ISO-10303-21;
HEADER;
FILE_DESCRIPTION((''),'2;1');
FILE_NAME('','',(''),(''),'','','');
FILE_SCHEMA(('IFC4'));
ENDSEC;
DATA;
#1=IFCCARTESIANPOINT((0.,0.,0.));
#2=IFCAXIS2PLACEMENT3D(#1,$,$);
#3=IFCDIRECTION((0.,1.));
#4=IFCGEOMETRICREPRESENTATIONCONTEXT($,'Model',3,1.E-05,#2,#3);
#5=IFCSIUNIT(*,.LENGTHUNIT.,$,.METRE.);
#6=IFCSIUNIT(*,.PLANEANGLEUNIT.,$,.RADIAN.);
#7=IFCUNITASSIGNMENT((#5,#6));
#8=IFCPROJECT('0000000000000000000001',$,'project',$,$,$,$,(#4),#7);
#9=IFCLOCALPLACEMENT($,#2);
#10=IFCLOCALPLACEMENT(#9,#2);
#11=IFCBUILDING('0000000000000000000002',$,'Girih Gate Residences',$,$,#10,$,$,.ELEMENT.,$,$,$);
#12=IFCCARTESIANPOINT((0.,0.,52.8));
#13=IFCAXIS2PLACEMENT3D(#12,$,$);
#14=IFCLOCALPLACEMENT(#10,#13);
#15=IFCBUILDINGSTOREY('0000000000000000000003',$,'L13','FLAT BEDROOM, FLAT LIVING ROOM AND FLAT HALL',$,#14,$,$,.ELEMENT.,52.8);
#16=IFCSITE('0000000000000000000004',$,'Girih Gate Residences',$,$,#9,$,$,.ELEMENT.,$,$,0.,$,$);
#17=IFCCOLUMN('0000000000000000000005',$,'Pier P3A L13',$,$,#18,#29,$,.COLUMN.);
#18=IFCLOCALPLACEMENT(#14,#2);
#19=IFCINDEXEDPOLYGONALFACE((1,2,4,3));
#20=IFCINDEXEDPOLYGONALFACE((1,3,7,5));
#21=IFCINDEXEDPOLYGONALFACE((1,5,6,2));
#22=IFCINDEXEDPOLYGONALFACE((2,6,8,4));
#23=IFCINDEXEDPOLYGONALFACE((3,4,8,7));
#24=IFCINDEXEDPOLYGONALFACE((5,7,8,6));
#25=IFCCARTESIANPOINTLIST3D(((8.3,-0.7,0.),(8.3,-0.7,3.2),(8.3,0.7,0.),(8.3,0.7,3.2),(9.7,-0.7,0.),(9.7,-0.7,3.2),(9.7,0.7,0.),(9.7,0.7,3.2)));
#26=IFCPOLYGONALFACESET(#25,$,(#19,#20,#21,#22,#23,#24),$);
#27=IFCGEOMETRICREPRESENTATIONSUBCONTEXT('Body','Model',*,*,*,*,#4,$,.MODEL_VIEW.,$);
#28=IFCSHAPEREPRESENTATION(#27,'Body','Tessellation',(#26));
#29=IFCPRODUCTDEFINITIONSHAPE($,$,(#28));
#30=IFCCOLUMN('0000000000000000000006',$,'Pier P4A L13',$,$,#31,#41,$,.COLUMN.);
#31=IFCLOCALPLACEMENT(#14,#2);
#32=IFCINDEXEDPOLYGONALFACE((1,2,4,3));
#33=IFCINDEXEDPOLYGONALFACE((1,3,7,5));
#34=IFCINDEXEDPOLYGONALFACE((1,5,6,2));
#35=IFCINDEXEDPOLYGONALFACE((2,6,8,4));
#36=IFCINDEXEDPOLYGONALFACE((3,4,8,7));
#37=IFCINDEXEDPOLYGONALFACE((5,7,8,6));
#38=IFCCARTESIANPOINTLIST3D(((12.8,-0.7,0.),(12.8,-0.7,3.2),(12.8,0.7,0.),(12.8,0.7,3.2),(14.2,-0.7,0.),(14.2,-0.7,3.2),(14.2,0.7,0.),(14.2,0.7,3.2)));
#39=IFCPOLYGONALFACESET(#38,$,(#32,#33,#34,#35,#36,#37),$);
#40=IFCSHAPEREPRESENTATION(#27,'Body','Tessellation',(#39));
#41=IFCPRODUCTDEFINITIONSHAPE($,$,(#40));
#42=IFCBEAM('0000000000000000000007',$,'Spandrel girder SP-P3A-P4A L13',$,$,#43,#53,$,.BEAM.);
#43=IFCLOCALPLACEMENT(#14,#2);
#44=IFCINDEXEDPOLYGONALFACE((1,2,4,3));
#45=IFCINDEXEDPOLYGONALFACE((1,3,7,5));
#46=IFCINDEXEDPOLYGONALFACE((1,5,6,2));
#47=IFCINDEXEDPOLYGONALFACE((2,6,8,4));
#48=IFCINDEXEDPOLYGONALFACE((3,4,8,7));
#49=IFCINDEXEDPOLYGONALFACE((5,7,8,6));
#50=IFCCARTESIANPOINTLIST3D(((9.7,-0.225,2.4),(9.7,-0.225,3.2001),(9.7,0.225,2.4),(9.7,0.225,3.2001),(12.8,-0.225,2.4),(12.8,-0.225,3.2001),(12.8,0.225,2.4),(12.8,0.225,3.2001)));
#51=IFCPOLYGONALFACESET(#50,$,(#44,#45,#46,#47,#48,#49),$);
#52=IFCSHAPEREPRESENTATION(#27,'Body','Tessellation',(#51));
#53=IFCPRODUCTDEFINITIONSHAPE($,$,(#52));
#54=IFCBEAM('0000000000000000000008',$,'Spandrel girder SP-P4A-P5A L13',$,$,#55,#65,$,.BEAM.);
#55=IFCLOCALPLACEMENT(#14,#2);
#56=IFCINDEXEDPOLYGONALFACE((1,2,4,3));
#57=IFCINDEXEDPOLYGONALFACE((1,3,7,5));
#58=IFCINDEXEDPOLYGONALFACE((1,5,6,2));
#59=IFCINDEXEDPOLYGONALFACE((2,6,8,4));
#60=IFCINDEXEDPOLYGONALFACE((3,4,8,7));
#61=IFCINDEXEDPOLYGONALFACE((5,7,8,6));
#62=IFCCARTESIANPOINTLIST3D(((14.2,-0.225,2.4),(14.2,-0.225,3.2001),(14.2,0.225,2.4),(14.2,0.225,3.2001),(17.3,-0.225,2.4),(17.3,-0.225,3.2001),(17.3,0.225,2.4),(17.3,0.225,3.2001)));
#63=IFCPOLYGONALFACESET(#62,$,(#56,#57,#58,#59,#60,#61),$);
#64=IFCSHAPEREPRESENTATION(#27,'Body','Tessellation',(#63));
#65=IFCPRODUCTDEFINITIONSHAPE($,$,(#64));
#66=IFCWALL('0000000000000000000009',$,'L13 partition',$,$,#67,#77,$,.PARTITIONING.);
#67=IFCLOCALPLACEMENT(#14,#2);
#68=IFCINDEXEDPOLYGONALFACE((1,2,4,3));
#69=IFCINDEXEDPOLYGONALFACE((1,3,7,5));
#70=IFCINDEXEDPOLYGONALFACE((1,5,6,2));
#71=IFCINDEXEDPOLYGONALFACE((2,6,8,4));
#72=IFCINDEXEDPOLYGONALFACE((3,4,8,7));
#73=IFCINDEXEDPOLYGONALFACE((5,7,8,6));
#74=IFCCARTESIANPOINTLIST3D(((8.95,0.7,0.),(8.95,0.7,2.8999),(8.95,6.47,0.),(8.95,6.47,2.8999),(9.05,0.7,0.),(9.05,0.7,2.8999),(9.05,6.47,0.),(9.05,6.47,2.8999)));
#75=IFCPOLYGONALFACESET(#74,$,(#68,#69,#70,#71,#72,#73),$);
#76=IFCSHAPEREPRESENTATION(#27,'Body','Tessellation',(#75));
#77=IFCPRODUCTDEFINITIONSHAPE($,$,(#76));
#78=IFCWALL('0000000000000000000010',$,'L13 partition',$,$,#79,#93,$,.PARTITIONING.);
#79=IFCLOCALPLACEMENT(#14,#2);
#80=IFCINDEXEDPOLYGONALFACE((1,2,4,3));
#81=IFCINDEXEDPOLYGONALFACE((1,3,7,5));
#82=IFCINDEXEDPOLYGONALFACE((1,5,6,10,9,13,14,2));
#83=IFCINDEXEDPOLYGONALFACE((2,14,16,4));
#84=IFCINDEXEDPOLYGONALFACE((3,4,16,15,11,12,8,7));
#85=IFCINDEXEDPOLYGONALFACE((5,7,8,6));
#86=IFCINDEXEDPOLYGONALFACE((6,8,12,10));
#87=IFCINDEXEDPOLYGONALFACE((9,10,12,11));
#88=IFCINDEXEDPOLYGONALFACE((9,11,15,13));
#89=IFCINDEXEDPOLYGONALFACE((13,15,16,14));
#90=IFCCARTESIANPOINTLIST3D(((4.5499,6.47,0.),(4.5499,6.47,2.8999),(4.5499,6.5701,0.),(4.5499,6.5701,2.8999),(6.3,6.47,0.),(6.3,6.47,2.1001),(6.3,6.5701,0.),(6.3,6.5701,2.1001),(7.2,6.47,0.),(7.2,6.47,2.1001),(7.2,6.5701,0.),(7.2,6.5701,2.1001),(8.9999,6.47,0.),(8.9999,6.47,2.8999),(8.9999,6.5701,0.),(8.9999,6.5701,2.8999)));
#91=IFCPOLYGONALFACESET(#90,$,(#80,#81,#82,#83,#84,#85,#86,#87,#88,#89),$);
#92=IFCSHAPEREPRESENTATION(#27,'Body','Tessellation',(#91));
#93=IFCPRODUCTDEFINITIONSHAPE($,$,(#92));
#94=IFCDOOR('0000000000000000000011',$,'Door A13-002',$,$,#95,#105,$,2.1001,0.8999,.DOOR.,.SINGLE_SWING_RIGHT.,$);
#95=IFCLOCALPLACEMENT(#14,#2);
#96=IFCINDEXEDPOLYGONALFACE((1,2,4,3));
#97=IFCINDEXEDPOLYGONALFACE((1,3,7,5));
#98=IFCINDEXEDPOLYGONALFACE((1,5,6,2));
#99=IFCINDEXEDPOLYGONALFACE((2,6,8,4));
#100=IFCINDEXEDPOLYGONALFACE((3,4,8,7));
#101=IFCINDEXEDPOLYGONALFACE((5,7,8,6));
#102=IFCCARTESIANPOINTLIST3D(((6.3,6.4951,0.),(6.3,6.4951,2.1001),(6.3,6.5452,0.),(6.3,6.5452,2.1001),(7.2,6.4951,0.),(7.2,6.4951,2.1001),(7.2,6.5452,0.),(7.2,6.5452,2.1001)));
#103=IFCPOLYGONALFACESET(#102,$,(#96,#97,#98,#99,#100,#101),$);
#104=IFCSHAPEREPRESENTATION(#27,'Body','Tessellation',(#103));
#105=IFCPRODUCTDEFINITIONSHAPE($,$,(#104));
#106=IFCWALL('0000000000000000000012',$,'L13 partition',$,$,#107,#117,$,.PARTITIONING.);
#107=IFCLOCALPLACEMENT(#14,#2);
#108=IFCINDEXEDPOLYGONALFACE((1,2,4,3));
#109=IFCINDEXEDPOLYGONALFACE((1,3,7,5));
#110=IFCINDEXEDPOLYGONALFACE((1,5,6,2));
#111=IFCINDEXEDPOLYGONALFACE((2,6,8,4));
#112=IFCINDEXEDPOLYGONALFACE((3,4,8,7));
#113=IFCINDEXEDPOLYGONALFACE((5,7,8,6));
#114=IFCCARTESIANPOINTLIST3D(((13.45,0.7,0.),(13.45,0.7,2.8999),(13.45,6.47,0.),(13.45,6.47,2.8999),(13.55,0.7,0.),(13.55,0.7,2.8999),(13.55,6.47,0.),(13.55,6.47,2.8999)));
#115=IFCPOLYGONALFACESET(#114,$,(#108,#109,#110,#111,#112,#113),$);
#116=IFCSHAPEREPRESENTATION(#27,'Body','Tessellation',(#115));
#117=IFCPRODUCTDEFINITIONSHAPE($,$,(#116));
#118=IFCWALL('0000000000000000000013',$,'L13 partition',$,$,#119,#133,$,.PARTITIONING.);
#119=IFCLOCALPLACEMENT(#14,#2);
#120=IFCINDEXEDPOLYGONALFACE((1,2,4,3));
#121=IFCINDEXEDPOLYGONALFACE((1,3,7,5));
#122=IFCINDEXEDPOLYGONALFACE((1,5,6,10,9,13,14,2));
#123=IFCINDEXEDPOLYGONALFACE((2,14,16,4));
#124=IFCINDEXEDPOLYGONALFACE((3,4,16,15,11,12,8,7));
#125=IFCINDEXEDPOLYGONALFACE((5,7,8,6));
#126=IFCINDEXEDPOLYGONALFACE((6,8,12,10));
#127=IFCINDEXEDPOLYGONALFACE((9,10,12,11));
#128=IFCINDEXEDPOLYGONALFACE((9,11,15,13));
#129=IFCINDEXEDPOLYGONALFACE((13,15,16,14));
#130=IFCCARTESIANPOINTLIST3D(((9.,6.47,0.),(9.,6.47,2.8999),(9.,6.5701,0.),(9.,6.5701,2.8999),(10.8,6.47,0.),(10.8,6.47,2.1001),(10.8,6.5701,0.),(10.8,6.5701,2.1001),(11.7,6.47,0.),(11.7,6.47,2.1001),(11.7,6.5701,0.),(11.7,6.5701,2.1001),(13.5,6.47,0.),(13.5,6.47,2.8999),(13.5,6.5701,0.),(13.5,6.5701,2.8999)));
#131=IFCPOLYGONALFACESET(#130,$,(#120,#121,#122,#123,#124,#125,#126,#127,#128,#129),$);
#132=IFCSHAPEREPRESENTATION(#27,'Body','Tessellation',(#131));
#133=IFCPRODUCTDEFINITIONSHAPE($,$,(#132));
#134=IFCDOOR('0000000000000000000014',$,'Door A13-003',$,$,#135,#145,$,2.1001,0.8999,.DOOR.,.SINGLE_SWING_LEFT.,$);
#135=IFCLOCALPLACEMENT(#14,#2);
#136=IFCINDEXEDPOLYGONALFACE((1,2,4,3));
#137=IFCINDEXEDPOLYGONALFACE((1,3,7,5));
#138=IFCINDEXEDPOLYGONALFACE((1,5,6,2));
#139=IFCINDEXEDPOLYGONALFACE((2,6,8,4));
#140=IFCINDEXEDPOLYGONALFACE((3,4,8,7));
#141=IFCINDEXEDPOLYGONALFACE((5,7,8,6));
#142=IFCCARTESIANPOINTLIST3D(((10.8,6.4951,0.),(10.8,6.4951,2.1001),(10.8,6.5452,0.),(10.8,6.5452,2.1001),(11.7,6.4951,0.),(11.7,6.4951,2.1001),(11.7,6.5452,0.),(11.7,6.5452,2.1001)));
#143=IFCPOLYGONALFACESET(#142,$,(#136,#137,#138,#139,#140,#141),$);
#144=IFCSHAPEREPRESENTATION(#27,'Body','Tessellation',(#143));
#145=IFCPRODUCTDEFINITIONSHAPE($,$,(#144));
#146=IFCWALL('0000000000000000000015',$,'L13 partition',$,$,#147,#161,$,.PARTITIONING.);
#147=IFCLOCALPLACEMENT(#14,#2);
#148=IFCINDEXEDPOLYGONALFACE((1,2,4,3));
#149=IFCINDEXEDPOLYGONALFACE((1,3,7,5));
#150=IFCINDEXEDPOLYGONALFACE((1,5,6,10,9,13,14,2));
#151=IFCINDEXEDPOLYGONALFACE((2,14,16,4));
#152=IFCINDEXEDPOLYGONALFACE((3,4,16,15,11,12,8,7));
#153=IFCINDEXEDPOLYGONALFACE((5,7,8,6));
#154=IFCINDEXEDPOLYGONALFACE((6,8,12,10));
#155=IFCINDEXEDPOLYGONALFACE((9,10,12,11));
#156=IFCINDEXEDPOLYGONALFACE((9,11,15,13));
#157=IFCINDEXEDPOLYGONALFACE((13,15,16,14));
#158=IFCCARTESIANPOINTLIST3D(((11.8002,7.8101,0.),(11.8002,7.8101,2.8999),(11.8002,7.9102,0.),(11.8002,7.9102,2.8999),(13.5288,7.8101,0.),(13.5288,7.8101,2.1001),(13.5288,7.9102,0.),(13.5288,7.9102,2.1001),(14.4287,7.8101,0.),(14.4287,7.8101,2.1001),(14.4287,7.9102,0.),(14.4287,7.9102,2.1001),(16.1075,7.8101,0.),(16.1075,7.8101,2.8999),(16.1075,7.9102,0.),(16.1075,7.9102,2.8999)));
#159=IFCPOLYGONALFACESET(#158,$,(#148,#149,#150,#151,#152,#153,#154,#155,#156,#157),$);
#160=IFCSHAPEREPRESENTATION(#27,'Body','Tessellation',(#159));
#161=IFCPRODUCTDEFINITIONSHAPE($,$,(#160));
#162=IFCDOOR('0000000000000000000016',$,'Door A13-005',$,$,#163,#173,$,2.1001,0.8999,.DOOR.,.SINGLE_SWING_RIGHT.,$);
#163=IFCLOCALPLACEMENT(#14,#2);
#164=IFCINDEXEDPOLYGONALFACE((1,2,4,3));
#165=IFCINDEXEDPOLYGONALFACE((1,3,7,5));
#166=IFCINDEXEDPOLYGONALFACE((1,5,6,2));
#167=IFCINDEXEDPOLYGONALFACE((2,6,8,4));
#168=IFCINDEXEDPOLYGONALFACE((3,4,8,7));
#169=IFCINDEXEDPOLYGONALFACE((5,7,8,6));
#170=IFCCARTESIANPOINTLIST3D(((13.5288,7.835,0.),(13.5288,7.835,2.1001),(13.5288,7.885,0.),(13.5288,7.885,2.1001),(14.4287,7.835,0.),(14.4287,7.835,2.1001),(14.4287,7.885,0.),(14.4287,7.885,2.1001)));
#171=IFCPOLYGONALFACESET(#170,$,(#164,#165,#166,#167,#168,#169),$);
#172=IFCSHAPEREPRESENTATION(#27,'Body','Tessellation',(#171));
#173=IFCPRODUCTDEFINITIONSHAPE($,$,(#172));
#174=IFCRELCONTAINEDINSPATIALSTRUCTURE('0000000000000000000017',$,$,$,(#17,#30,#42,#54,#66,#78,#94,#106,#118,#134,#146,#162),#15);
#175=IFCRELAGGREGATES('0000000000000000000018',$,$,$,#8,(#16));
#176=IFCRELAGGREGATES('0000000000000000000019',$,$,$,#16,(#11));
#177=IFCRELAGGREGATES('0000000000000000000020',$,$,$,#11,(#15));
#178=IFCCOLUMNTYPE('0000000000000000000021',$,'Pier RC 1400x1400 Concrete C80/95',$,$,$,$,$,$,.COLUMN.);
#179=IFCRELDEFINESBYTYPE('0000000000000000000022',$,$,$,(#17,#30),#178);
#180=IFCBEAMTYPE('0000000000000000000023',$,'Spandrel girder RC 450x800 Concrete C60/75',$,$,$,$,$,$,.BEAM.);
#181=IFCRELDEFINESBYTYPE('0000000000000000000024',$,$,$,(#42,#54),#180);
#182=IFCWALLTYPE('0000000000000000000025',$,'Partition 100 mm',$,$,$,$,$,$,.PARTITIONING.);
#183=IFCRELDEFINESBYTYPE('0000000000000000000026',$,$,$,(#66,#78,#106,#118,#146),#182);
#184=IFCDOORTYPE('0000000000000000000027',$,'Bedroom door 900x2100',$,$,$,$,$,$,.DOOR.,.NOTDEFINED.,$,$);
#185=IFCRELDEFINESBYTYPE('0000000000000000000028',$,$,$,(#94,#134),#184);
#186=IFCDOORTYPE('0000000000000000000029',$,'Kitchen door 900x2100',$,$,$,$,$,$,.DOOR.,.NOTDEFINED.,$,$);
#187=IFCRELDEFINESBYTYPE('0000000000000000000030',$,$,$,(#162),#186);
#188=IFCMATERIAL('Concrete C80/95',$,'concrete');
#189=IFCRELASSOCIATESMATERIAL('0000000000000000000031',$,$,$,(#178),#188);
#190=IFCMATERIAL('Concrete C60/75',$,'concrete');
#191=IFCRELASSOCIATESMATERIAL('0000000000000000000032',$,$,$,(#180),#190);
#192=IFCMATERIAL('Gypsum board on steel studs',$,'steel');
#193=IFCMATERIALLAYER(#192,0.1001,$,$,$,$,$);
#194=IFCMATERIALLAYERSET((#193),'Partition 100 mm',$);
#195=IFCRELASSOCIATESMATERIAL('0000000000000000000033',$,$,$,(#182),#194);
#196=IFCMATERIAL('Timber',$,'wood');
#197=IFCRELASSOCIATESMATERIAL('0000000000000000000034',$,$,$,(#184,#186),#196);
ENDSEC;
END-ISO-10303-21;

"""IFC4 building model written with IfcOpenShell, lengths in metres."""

from ifc_helpers import new_model, si_unit, direction, frame, frame_2d, origin, origin_2d, place, context, subcontext, project, spatial, rectangle, extrude, material, layer, layer_set, material_profile, profile_set, type_object, element, fill, save


model = new_model("IFC4")

# Units and contexts
model_context = context("Model", 3, precision=1e-05, world=origin(), true_north=direction((0.0, 1.0)))
body_context = subcontext(model_context, "Body", "Model", "MODEL_VIEW")
ifc_project = project(units=[si_unit("LENGTHUNIT", "METRE"), si_unit("PLANEANGLEUNIT", "RADIAN")], contexts=[model_context])

# Site, building, storey
site_placement = place(None, origin())
site = spatial("IfcSite", under=ifc_project, at=site_placement, Name="Girih Gate Residences", CompositionType="ELEMENT", RefElevation=0.0)
building_placement = place(site_placement, origin())
building = spatial("IfcBuilding", under=site, at=building_placement, Name="Girih Gate Residences", CompositionType="ELEMENT")
storey_placement = place(building_placement, frame((0.0, 0.0, 52.8)))
storey = spatial("IfcBuildingStorey", under=building, at=storey_placement, Name="L13", Description="FLAT BEDROOM, FLAT LIVING ROOM AND FLAT HALL", CompositionType="ELEMENT", Elevation=52.8)

# Columns
ifc_material_1 = material(Name="Concrete C80/95", Category="concrete")
ifc_material_profile_1 = material_profile(ifc_material_1, rectangle(XDim=1.3999, YDim=1.3999, at=origin_2d()))
ifc_profile_set_1 = profile_set([ifc_material_profile_1], Name="Concrete C80/95")
column_type = type_object("IfcColumnType", Name="Pier RC 1400x1400 Concrete C80/95", PredefinedType="COLUMN", material=ifc_profile_set_1)
for number, where, z_axis, x_axis, name in (
    (1, (9.0, 0.0, 0.0), (0.0, 0.0, 1.0), (1.0, 0.0, 0.0), "Pier P3A L13"),
    (2, (13.5, 0.0, 0.0), (0.0, 0.0, 1.0), (1.0, 0.0, 0.0), "Pier P4A L13"),
):
    element("IfcColumn", number, at=place(storey_placement, frame(where, z_axis=z_axis, x_axis=x_axis)), inside=storey, type_object=column_type, Name=name, PredefinedType="COLUMN", context=body_context, shape_type="SweptSolid", body=[
        extrude(rectangle(XDim=1.3999, YDim=1.3999, at=origin_2d()), origin(), (0.0, 0.0, 1.0), 3.2),
    ])

# Beams
ifc_material_2 = material(Name="Concrete C60/75", Category="concrete")
ifc_material_profile_2 = material_profile(ifc_material_2, rectangle(XDim=0.45, YDim=0.8, at=origin_2d()))
ifc_profile_set_2 = profile_set([ifc_material_profile_2], Name="Concrete C60/75")
beam_type = type_object("IfcBeamType", Name="Spandrel girder RC 450x800 Concrete C60/75", PredefinedType="BEAM", material=ifc_profile_set_2)
for number, where, z_axis, x_axis, name in (
    (3, (9.7, 0.0, 2.8), (1.0, 0.0, 0.0), (0.0, 1.0, 0.0), "Spandrel girder SP-P3A-P4A L13"),
    (4, (14.2, 0.0, 2.8), (1.0, 0.0, 0.0), (0.0, 1.0, 0.0), "Spandrel girder SP-P4A-P5A L13"),
):
    element("IfcBeam", number, at=place(storey_placement, frame(where, z_axis=z_axis, x_axis=x_axis)), inside=storey, type_object=beam_type, Name=name, PredefinedType="BEAM", context=body_context, shape_type="SweptSolid", body=[
        extrude(rectangle(XDim=0.45, YDim=0.8, at=origin_2d()), origin(), (0.0, 0.0, 1.0), 3.1001),
    ])

# Wall
ifc_material_3 = material(Name="Gypsum board on steel studs", Category="steel")
ifc_layer_1 = layer(ifc_material_3, 0.1001)
ifc_layer_set_1 = layer_set([ifc_layer_1], Name="Partition 100 mm")
wall_type_1 = type_object("IfcWallType", Name="Partition 100 mm", PredefinedType="PARTITIONING", material=ifc_layer_set_1)
wall_1_placement = place(storey_placement, frame((9.0, 0.7, 0.0), z_axis=(0.0, 0.0, 1.0), x_axis=(0.0, 1.0, 0.0)))
element("IfcWall", 5, at=wall_1_placement, inside=storey, type_object=wall_type_1, Name="L13 partition", PredefinedType="PARTITIONING", context=body_context, shape_type="SweptSolid", body=[
    extrude(rectangle(XDim=5.77, YDim=0.1001, at=frame_2d((2.885, 0.0))), origin(), (0.0, 0.0, 1.0), 2.8999),
])

# Wall, opening, door
wall_2_placement = place(storey_placement, frame((9.0, 6.52, 0.0), z_axis=(0.0, 0.0, 1.0), x_axis=(-1.0, 0.0, 0.0)))
wall_2 = element("IfcWall", 6, at=wall_2_placement, inside=storey, type_object=wall_type_1, Name="L13 partition", PredefinedType="PARTITIONING", context=body_context, shape_type="SweptSolid", body=[
    extrude(rectangle(XDim=4.45, YDim=0.1001, at=frame_2d((2.2251, 0.0))), origin(), (0.0, 0.0, 1.0), 2.8999),
])
opening_1_placement = place(wall_2_placement, frame((1.8, 0.0, 0.0)))
opening_1 = element("IfcOpeningElement", 7, at=opening_1_placement, cuts=wall_2, PredefinedType="OPENING", context=body_context, shape_type="SweptSolid", body=[
    extrude(rectangle(XDim=0.8999, YDim=2.1001, at=frame_2d((0.45, 1.05))), frame((0.0, 0.0601, 0.0), z_axis=(0.0, -1.0, 0.0), x_axis=(1.0, 0.0, 0.0)), (0.0, 0.0, 1.0), 0.1201),
])
ifc_material_4 = material(Name="Timber", Category="wood")
door_type_1 = type_object("IfcDoorType", Name="Bedroom door 900x2100", OperationType="NOTDEFINED", PredefinedType="DOOR", material=ifc_material_4)
door_1_placement = place(opening_1_placement, origin())
door_1 = element("IfcDoor", 8, at=door_1_placement, inside=storey, type_object=door_type_1, Name="Door A13-002", OperationType="SINGLE_SWING_RIGHT", OverallHeight=2.1001, OverallWidth=0.8999, PredefinedType="DOOR", context=body_context, shape_type="SweptSolid", body=[
    extrude(rectangle(XDim=0.8999, YDim=2.1001, at=frame_2d((0.45, 1.05))), frame((0.0, 0.0249, 0.0), z_axis=(0.0, -1.0, 0.0), x_axis=(1.0, 0.0, 0.0)), (0.0, 0.0, 1.0), 0.05),
])
fill(opening_1, door_1)

# Wall
wall_3_placement = place(storey_placement, frame((13.5, 0.7, 0.0), z_axis=(0.0, 0.0, 1.0), x_axis=(0.0, 1.0, 0.0)))
element("IfcWall", 9, at=wall_3_placement, inside=storey, type_object=wall_type_1, Name="L13 partition", PredefinedType="PARTITIONING", context=body_context, shape_type="SweptSolid", body=[
    extrude(rectangle(XDim=5.77, YDim=0.1001, at=frame_2d((2.885, 0.0))), origin(), (0.0, 0.0, 1.0), 2.8999),
])

# Walls, openings, doors
wall_4_placement = place(storey_placement, frame((13.5, 6.52, 0.0), z_axis=(0.0, 0.0, 1.0), x_axis=(-1.0, 0.0, 0.0)))
wall_4 = element("IfcWall", 10, at=wall_4_placement, inside=storey, type_object=wall_type_1, Name="L13 partition", PredefinedType="PARTITIONING", context=body_context, shape_type="SweptSolid", body=[
    extrude(rectangle(XDim=4.5, YDim=0.1001, at=frame_2d((2.25, 0.0))), origin(), (0.0, 0.0, 1.0), 2.8999),
])
opening_2_placement = place(wall_4_placement, frame((1.8, 0.0, 0.0)))
opening_2 = element("IfcOpeningElement", 11, at=opening_2_placement, cuts=wall_4, PredefinedType="OPENING", context=body_context, shape_type="SweptSolid", body=[
    extrude(rectangle(XDim=0.8999, YDim=2.1001, at=frame_2d((0.45, 1.05))), frame((0.0, 0.0601, 0.0), z_axis=(0.0, -1.0, 0.0), x_axis=(1.0, 0.0, 0.0)), (0.0, 0.0, 1.0), 0.1201),
])
door_2_placement = place(opening_2_placement, origin())
door_2 = element("IfcDoor", 12, at=door_2_placement, inside=storey, type_object=door_type_1, Name="Door A13-003", OperationType="SINGLE_SWING_LEFT", OverallHeight=2.1001, OverallWidth=0.8999, PredefinedType="DOOR", context=body_context, shape_type="SweptSolid", body=[
    extrude(rectangle(XDim=0.8999, YDim=2.1001, at=frame_2d((0.45, 1.05))), frame((0.0, 0.0249, 0.0), z_axis=(0.0, -1.0, 0.0), x_axis=(1.0, 0.0, 0.0)), (0.0, 0.0, 1.0), 0.05),
])
fill(opening_2, door_2)
wall_5_placement = place(storey_placement, frame((11.8, 7.8601, 0.0), z_axis=(0.0, 0.0, 1.0), x_axis=(1.0, 0.0, 0.0)))
wall_5 = element("IfcWall", 13, at=wall_5_placement, inside=storey, type_object=wall_type_1, Name="L13 partition", PredefinedType="PARTITIONING", context=body_context, shape_type="SweptSolid", body=[
    extrude(rectangle(XDim=4.3074, YDim=0.1001, at=frame_2d((2.1538, 0.0))), origin(), (0.0, 0.0, 1.0), 2.8999),
])
opening_3_placement = place(wall_5_placement, frame((1.7288, 0.0, 0.0)))
opening_3 = element("IfcOpeningElement", 14, at=opening_3_placement, cuts=wall_5, PredefinedType="OPENING", context=body_context, shape_type="SweptSolid", body=[
    extrude(rectangle(XDim=0.8999, YDim=2.1001, at=frame_2d((0.45, 1.05))), frame((0.0, 0.0601, 0.0), z_axis=(0.0, -1.0, 0.0), x_axis=(1.0, 0.0, 0.0)), (0.0, 0.0, 1.0), 0.1201),
])
door_type_2 = type_object("IfcDoorType", Name="Kitchen door 900x2100", OperationType="NOTDEFINED", PredefinedType="DOOR", material=ifc_material_4)
door_3_placement = place(opening_3_placement, origin())
door_3 = element("IfcDoor", 15, at=door_3_placement, inside=storey, type_object=door_type_2, Name="Door A13-005", OperationType="SINGLE_SWING_RIGHT", OverallHeight=2.1001, OverallWidth=0.8999, PredefinedType="DOOR", context=body_context, shape_type="SweptSolid", body=[
    extrude(rectangle(XDim=0.8999, YDim=2.1001, at=frame_2d((0.45, 1.05))), frame((0.0, 0.0249, 0.0), z_axis=(0.0, -1.0, 0.0), x_axis=(1.0, 0.0, 0.0)), (0.0, 0.0, 1.0), 0.05),
])
fill(opening_3, door_3)

save(model, "model.ifc")
